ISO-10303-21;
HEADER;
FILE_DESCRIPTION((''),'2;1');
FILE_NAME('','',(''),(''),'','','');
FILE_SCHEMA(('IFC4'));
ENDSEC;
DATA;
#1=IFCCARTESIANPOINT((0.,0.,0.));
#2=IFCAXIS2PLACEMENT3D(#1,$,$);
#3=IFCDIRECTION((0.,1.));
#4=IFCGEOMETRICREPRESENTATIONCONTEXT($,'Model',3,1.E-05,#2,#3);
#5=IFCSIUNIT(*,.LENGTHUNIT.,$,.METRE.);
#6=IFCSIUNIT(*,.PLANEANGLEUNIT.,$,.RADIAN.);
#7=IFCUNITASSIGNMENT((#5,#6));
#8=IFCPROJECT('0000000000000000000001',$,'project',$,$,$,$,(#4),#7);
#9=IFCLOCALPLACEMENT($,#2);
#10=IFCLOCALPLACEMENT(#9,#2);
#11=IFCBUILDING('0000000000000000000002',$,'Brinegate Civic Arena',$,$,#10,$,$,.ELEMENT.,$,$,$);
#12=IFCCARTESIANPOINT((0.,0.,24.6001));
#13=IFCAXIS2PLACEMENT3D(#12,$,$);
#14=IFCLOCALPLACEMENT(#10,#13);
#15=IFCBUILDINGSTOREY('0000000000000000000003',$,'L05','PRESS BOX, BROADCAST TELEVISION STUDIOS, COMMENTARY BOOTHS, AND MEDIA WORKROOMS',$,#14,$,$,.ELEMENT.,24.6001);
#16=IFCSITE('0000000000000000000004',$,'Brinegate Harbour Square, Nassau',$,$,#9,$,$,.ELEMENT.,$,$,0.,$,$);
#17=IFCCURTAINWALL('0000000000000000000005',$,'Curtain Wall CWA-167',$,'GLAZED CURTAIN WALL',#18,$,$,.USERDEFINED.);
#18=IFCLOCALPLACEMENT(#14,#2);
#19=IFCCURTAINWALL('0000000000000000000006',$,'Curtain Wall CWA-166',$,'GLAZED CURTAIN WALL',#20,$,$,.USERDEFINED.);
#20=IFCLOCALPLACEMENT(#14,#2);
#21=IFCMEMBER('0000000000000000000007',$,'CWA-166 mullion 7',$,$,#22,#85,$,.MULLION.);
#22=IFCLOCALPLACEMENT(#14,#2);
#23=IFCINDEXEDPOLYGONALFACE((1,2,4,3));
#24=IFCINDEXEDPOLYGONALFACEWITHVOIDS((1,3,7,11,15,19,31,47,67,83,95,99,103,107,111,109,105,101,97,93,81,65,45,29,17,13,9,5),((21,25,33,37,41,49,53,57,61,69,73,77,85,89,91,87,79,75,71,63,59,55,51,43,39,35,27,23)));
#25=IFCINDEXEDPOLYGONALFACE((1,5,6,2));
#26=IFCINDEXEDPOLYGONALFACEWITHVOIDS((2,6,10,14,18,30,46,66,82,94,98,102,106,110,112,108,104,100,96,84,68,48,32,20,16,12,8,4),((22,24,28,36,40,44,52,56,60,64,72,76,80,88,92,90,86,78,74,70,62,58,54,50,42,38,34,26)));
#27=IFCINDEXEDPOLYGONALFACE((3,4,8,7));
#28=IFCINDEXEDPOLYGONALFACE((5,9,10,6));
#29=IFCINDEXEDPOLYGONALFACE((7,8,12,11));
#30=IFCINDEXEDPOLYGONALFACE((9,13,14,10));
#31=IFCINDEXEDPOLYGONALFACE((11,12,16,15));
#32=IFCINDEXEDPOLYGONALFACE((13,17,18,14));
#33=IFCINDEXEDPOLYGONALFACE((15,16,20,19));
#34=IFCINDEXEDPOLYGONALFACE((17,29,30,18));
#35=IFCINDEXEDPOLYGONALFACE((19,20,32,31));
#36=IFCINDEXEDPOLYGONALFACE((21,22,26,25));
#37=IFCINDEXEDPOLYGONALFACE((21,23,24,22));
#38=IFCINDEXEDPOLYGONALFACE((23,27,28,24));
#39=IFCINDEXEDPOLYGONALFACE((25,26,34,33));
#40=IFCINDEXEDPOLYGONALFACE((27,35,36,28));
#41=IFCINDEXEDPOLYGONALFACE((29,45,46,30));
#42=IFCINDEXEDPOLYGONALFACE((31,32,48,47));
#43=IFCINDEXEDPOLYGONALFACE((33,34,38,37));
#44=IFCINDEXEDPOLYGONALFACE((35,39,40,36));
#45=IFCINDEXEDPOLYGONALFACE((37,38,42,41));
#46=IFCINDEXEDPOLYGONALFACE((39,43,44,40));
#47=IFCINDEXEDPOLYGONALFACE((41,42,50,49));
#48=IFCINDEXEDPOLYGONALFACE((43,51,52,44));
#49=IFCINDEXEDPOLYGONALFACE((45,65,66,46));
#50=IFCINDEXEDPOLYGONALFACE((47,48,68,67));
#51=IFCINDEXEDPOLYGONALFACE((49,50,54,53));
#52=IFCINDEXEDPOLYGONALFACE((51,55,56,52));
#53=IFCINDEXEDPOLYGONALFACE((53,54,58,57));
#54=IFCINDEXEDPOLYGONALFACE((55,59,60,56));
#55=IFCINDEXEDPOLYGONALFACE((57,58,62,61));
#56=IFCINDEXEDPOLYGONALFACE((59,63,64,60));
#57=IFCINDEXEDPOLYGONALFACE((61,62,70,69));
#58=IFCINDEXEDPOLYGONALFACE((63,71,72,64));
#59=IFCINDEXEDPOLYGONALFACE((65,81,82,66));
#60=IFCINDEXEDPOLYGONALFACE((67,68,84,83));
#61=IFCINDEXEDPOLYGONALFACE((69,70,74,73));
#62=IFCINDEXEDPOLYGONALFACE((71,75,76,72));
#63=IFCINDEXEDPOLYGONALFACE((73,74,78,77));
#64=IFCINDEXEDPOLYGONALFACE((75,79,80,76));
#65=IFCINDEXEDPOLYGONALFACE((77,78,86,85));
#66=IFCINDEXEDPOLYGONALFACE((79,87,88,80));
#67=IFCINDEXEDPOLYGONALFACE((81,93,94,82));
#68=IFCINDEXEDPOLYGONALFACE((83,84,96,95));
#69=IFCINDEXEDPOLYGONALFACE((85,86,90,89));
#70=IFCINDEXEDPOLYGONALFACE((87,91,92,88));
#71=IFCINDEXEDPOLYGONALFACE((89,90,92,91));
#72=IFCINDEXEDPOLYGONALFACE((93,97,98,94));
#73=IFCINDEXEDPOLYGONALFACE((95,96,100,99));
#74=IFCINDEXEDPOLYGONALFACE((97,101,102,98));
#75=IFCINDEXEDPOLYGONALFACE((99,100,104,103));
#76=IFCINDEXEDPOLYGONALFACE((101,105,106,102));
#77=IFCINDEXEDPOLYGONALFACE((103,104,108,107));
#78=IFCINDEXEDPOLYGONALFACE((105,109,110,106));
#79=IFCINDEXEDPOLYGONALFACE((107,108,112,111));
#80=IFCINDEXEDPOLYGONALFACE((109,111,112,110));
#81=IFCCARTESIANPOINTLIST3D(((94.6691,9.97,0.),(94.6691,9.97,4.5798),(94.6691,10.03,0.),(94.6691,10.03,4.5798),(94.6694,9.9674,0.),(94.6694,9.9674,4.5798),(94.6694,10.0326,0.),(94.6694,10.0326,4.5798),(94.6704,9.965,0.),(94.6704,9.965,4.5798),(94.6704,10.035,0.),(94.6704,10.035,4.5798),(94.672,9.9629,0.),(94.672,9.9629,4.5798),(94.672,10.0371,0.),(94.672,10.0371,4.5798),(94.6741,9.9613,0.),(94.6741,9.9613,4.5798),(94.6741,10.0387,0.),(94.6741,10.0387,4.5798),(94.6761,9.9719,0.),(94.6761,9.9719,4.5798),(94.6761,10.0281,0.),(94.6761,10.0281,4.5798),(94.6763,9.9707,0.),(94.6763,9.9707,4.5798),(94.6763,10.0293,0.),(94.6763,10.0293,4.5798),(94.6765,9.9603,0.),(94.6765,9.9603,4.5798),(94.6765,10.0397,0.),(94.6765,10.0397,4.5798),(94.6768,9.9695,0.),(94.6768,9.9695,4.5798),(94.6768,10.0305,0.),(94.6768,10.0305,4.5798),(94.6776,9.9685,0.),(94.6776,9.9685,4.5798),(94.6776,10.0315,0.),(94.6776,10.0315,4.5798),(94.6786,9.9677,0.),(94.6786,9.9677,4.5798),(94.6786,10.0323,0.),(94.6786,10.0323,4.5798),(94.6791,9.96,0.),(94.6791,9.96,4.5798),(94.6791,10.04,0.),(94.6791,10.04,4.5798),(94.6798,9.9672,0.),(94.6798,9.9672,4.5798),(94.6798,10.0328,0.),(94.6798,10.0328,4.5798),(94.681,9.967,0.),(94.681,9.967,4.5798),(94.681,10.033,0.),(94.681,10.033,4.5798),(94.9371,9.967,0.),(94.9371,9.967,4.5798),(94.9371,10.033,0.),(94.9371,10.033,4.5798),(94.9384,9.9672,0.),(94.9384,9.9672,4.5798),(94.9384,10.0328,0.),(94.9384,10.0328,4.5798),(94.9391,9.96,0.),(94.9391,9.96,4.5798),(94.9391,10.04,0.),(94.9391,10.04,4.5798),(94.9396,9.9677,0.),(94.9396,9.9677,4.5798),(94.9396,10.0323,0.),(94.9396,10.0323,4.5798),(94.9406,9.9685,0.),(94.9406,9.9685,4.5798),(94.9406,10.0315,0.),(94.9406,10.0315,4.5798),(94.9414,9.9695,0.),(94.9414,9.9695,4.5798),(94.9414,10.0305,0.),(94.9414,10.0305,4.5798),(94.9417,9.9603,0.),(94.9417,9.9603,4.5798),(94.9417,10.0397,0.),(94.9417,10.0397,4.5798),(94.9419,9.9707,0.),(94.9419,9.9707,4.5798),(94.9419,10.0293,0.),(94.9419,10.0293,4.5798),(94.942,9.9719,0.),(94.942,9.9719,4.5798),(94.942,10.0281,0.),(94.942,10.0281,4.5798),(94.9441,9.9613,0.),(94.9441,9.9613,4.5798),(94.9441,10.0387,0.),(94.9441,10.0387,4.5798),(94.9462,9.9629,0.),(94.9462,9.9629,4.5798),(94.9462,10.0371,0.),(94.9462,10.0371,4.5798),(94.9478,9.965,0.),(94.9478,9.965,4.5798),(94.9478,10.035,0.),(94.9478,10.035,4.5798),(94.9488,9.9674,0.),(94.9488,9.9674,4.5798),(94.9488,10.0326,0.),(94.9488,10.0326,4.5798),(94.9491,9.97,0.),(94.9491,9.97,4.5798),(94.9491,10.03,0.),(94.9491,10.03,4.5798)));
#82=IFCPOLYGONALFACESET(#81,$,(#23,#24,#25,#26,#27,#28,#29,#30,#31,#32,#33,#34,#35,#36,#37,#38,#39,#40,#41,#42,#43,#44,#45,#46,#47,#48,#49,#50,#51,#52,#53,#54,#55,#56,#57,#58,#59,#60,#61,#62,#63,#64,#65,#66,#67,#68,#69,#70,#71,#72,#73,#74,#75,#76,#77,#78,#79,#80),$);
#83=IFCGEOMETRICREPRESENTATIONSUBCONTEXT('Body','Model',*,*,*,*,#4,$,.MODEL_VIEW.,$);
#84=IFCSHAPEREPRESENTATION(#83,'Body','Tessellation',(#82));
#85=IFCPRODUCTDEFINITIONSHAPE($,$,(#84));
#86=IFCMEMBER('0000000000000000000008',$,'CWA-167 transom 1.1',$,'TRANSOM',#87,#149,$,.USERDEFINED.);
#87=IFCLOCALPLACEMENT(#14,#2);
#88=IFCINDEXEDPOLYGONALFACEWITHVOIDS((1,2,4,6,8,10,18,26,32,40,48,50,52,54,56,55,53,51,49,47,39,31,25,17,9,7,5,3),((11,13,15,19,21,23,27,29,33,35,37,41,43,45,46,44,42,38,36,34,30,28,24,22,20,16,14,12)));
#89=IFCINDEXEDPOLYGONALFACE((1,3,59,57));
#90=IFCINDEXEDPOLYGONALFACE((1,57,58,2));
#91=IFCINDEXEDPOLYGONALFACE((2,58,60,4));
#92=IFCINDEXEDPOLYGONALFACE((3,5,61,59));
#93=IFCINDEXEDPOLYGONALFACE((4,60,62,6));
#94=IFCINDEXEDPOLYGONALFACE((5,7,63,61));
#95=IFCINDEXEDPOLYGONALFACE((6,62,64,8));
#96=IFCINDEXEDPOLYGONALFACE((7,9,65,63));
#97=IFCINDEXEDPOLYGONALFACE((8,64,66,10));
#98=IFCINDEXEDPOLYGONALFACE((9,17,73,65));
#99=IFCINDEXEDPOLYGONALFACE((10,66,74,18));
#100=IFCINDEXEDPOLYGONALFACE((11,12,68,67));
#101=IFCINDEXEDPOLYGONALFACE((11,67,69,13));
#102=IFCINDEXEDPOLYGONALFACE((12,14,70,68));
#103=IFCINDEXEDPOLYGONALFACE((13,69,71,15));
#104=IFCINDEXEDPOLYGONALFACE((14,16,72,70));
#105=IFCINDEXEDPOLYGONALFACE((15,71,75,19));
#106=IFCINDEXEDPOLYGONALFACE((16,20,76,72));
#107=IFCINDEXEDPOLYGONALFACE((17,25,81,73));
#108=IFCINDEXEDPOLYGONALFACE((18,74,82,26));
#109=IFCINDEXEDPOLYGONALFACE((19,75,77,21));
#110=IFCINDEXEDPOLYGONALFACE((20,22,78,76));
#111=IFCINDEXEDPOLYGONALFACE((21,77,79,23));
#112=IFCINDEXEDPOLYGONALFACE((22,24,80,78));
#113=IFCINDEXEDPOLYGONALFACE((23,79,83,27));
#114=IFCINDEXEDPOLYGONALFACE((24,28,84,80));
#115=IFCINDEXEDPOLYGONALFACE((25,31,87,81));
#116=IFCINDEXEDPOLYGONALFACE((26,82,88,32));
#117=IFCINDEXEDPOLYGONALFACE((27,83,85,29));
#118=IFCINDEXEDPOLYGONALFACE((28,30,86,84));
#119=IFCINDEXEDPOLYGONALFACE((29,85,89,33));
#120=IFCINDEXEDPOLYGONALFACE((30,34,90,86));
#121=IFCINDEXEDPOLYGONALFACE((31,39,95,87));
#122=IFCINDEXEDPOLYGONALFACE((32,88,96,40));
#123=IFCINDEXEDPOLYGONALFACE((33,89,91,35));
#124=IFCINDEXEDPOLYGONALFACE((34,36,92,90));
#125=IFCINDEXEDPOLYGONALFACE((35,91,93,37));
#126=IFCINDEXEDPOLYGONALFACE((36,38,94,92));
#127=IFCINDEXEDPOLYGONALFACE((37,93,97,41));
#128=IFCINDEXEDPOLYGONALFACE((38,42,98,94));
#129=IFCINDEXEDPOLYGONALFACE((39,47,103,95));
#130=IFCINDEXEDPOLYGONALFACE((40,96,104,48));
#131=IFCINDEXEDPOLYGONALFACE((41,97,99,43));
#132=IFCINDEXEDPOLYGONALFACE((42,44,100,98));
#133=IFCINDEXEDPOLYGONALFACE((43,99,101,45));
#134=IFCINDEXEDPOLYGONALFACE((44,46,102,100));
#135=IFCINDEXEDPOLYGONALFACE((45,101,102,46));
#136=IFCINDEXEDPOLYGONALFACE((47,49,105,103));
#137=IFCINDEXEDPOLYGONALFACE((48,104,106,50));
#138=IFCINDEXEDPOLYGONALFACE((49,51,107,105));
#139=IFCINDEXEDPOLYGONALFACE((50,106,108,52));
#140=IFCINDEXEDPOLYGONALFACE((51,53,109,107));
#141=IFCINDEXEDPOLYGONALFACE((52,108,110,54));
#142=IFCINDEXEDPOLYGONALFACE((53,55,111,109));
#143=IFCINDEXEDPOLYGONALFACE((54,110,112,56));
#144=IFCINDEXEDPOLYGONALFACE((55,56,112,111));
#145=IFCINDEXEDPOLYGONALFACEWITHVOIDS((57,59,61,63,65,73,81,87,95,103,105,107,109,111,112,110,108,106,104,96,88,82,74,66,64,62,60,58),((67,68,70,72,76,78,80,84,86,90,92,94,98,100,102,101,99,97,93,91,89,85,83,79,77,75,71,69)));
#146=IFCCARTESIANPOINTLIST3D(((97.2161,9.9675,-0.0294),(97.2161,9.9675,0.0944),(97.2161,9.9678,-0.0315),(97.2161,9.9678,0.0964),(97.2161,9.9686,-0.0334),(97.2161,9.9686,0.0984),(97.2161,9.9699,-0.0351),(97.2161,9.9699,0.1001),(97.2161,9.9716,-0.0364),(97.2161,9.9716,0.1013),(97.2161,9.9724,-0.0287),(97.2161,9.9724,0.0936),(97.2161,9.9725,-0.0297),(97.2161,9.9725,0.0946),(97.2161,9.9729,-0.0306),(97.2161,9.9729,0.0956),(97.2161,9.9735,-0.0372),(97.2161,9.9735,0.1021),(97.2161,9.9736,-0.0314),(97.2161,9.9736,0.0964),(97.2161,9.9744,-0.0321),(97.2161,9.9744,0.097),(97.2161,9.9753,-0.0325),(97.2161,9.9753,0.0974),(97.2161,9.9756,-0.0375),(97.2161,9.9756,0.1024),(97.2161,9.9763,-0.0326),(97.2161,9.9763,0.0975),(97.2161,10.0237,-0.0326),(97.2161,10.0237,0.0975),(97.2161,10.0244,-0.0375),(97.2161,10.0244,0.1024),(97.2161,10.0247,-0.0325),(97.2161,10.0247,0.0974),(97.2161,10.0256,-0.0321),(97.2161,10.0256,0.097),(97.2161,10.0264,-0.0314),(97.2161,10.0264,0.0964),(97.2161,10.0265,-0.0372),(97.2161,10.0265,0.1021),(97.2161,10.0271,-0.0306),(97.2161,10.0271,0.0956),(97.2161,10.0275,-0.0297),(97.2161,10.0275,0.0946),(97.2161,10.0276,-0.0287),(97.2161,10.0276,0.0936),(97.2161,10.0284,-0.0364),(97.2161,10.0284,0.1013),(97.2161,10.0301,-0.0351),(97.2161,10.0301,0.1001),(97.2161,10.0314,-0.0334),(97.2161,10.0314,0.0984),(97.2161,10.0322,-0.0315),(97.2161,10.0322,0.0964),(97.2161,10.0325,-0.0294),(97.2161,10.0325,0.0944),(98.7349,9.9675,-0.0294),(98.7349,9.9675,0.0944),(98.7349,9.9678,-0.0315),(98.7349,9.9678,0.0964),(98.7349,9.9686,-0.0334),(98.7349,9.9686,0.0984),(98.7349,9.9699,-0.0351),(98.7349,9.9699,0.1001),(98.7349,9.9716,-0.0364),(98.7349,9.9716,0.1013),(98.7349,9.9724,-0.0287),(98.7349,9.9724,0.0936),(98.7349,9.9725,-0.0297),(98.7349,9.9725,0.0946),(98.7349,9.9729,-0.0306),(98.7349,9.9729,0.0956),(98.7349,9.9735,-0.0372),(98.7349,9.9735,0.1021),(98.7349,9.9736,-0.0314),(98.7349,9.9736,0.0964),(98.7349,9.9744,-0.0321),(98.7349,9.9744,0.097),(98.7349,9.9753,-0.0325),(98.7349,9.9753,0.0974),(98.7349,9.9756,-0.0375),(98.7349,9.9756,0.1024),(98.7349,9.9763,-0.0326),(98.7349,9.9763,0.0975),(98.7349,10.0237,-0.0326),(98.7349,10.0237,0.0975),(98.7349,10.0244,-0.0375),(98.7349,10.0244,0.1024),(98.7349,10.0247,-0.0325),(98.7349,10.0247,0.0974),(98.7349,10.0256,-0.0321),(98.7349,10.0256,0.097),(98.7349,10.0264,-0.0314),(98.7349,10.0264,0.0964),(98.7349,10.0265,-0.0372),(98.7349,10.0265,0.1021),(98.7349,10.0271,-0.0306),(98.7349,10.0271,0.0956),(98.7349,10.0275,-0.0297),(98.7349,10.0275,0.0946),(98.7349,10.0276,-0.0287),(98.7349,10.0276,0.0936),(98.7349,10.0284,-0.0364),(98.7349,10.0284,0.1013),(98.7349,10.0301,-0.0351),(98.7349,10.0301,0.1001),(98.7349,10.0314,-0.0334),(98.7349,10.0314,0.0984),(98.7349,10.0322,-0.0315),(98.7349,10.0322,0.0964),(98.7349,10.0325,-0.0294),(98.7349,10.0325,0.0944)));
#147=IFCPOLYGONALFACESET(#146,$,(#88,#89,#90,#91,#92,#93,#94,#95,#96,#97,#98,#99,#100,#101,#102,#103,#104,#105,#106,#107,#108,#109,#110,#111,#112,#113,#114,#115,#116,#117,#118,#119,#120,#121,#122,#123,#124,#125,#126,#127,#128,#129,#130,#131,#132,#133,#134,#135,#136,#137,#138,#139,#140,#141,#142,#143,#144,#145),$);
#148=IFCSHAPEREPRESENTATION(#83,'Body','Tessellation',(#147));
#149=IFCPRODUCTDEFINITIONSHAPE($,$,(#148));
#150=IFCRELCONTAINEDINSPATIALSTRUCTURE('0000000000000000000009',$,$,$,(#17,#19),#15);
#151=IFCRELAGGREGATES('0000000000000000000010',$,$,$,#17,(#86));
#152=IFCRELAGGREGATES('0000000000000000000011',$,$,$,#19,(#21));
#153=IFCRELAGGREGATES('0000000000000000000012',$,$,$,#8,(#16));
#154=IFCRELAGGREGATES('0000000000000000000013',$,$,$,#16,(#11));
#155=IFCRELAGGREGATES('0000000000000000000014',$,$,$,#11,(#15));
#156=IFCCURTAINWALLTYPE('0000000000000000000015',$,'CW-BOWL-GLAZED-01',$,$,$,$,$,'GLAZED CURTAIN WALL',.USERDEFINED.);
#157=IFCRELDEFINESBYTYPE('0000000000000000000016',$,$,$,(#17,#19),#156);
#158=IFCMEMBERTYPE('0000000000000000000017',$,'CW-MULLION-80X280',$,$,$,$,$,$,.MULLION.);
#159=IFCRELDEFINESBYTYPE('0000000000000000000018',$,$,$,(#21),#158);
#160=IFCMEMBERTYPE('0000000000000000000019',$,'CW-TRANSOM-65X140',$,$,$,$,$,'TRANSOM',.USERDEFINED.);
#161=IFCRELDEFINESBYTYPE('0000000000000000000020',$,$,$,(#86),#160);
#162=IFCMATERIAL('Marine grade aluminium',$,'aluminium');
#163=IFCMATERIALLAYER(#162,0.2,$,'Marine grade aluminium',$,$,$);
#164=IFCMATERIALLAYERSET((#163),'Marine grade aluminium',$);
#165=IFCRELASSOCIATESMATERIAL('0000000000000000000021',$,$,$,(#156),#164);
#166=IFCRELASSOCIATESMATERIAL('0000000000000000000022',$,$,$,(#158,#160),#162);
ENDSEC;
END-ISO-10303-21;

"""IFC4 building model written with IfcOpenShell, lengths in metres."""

from ifc_helpers import new_model, si_unit, direction, frame, origin, origin_2d, place, context, subcontext, project, spatial, hollow_rectangle, extrude, material, layer, layer_set, material_profile, profile_set, type_object, element, aggregate, save


model = new_model("IFC4")

# Units and contexts
model_context = context("Model", 3, precision=1e-05, world=origin(), true_north=direction((0.0, 1.0)))
body_context = subcontext(model_context, "Body", "Model", "MODEL_VIEW")
ifc_project = project(units=[si_unit("LENGTHUNIT", "METRE"), si_unit("PLANEANGLEUNIT", "RADIAN")], contexts=[model_context])

# Site, building, storey
site_placement = place(None, origin())
site = spatial("IfcSite", under=ifc_project, at=site_placement, Name="Brinegate Harbour Square, Nassau", CompositionType="ELEMENT", RefElevation=0.0)
building_placement = place(site_placement, origin())
building = spatial("IfcBuilding", under=site, at=building_placement, Name="Brinegate Civic Arena", CompositionType="ELEMENT")
storey_placement = place(building_placement, frame((0.0, 0.0, 24.6001)))
storey = spatial("IfcBuildingStorey", under=building, at=storey_placement, Name="L05", Description="PRESS BOX, BROADCAST TELEVISION STUDIOS, COMMENTARY BOOTHS, AND MEDIA WORKROOMS", CompositionType="ELEMENT", Elevation=24.6001)

# Curtain wall
ifc_material_1 = material(Name="Marine grade aluminium", Category="aluminium")
ifc_layer_1 = layer(ifc_material_1, 0.2, Name="Marine grade aluminium")
ifc_layer_set_1 = layer_set([ifc_layer_1], Name="Marine grade aluminium")
curtain_wall_type = type_object("IfcCurtainWallType", Name="CW-BOWL-GLAZED-01", ElementType="GLAZED CURTAIN WALL", PredefinedType="USERDEFINED", material=ifc_layer_set_1)
curtain_wall_1_placement = place(storey_placement, origin())
curtain_wall_1 = element("IfcCurtainWall", 1, at=curtain_wall_1_placement, inside=storey, type_object=curtain_wall_type, Name="Curtain Wall CWA-167", ObjectType="GLAZED CURTAIN WALL", PredefinedType="USERDEFINED")

# Curtain wall, member
curtain_wall_2_placement = place(storey_placement, origin())
curtain_wall_2 = element("IfcCurtainWall", 2, at=curtain_wall_2_placement, inside=storey, type_object=curtain_wall_type, Name="Curtain Wall CWA-166", ObjectType="GLAZED CURTAIN WALL", PredefinedType="USERDEFINED")
ifc_material_profile_1 = material_profile(ifc_material_1, hollow_rectangle(XDim=0.0801, YDim=0.28, WallThickness=0.0071, InnerFilletRadius=0.0049, OuterFilletRadius=0.01, at=origin_2d()), Name="MUL80X280")
ifc_profile_set_1 = profile_set([ifc_material_profile_1], Name="Marine grade aluminium")
member_type_1 = type_object("IfcMemberType", Name="CW-MULLION-80X280", PredefinedType="MULLION", material=ifc_profile_set_1)
member_1_placement = place(storey_placement, frame((94.8091, 10.0, 0.0), z_axis=(0.0, 0.0, 1.0), x_axis=(0.0, 1.0, 0.0)))
member_1 = element("IfcMember", 3, at=member_1_placement, type_object=member_type_1, Name="CWA-166 mullion 7", PredefinedType="MULLION", context=body_context, shape_type="SweptSolid", body=[
    extrude(hollow_rectangle(XDim=0.0801, YDim=0.28, WallThickness=0.0071, InnerFilletRadius=0.0049, OuterFilletRadius=0.01, at=origin_2d()), origin(), (0.0, 0.0, 1.0), 4.5798),
])

# Member
ifc_material_profile_2 = material_profile(ifc_material_1, hollow_rectangle(XDim=0.0649, YDim=0.1399, WallThickness=0.0049, InnerFilletRadius=0.0039, OuterFilletRadius=0.0081, at=origin_2d()), Name="TRN65X140")
ifc_profile_set_2 = profile_set([ifc_material_profile_2], Name="Marine grade aluminium")
member_type_2 = type_object("IfcMemberType", Name="CW-TRANSOM-65X140", ElementType="TRANSOM", PredefinedType="USERDEFINED", material=ifc_profile_set_2)
member_2_placement = place(storey_placement, frame((97.2161, 10.0, 0.0325), z_axis=(1.0, 0.0, 0.0), x_axis=(0.0, 1.0, 0.0)))
member_2 = element("IfcMember", 4, at=member_2_placement, type_object=member_type_2, Name="CWA-167 transom 1.1", ObjectType="TRANSOM", PredefinedType="USERDEFINED", context=body_context, shape_type="SweptSolid", body=[
    extrude(hollow_rectangle(XDim=0.0649, YDim=0.1399, WallThickness=0.0049, InnerFilletRadius=0.0039, OuterFilletRadius=0.0081, at=origin_2d()), origin(), (0.0, 0.0, 1.0), 1.5188),
])

aggregate(curtain_wall_1, [member_2])
aggregate(curtain_wall_2, [member_1])

save(model, "model.ifc")
